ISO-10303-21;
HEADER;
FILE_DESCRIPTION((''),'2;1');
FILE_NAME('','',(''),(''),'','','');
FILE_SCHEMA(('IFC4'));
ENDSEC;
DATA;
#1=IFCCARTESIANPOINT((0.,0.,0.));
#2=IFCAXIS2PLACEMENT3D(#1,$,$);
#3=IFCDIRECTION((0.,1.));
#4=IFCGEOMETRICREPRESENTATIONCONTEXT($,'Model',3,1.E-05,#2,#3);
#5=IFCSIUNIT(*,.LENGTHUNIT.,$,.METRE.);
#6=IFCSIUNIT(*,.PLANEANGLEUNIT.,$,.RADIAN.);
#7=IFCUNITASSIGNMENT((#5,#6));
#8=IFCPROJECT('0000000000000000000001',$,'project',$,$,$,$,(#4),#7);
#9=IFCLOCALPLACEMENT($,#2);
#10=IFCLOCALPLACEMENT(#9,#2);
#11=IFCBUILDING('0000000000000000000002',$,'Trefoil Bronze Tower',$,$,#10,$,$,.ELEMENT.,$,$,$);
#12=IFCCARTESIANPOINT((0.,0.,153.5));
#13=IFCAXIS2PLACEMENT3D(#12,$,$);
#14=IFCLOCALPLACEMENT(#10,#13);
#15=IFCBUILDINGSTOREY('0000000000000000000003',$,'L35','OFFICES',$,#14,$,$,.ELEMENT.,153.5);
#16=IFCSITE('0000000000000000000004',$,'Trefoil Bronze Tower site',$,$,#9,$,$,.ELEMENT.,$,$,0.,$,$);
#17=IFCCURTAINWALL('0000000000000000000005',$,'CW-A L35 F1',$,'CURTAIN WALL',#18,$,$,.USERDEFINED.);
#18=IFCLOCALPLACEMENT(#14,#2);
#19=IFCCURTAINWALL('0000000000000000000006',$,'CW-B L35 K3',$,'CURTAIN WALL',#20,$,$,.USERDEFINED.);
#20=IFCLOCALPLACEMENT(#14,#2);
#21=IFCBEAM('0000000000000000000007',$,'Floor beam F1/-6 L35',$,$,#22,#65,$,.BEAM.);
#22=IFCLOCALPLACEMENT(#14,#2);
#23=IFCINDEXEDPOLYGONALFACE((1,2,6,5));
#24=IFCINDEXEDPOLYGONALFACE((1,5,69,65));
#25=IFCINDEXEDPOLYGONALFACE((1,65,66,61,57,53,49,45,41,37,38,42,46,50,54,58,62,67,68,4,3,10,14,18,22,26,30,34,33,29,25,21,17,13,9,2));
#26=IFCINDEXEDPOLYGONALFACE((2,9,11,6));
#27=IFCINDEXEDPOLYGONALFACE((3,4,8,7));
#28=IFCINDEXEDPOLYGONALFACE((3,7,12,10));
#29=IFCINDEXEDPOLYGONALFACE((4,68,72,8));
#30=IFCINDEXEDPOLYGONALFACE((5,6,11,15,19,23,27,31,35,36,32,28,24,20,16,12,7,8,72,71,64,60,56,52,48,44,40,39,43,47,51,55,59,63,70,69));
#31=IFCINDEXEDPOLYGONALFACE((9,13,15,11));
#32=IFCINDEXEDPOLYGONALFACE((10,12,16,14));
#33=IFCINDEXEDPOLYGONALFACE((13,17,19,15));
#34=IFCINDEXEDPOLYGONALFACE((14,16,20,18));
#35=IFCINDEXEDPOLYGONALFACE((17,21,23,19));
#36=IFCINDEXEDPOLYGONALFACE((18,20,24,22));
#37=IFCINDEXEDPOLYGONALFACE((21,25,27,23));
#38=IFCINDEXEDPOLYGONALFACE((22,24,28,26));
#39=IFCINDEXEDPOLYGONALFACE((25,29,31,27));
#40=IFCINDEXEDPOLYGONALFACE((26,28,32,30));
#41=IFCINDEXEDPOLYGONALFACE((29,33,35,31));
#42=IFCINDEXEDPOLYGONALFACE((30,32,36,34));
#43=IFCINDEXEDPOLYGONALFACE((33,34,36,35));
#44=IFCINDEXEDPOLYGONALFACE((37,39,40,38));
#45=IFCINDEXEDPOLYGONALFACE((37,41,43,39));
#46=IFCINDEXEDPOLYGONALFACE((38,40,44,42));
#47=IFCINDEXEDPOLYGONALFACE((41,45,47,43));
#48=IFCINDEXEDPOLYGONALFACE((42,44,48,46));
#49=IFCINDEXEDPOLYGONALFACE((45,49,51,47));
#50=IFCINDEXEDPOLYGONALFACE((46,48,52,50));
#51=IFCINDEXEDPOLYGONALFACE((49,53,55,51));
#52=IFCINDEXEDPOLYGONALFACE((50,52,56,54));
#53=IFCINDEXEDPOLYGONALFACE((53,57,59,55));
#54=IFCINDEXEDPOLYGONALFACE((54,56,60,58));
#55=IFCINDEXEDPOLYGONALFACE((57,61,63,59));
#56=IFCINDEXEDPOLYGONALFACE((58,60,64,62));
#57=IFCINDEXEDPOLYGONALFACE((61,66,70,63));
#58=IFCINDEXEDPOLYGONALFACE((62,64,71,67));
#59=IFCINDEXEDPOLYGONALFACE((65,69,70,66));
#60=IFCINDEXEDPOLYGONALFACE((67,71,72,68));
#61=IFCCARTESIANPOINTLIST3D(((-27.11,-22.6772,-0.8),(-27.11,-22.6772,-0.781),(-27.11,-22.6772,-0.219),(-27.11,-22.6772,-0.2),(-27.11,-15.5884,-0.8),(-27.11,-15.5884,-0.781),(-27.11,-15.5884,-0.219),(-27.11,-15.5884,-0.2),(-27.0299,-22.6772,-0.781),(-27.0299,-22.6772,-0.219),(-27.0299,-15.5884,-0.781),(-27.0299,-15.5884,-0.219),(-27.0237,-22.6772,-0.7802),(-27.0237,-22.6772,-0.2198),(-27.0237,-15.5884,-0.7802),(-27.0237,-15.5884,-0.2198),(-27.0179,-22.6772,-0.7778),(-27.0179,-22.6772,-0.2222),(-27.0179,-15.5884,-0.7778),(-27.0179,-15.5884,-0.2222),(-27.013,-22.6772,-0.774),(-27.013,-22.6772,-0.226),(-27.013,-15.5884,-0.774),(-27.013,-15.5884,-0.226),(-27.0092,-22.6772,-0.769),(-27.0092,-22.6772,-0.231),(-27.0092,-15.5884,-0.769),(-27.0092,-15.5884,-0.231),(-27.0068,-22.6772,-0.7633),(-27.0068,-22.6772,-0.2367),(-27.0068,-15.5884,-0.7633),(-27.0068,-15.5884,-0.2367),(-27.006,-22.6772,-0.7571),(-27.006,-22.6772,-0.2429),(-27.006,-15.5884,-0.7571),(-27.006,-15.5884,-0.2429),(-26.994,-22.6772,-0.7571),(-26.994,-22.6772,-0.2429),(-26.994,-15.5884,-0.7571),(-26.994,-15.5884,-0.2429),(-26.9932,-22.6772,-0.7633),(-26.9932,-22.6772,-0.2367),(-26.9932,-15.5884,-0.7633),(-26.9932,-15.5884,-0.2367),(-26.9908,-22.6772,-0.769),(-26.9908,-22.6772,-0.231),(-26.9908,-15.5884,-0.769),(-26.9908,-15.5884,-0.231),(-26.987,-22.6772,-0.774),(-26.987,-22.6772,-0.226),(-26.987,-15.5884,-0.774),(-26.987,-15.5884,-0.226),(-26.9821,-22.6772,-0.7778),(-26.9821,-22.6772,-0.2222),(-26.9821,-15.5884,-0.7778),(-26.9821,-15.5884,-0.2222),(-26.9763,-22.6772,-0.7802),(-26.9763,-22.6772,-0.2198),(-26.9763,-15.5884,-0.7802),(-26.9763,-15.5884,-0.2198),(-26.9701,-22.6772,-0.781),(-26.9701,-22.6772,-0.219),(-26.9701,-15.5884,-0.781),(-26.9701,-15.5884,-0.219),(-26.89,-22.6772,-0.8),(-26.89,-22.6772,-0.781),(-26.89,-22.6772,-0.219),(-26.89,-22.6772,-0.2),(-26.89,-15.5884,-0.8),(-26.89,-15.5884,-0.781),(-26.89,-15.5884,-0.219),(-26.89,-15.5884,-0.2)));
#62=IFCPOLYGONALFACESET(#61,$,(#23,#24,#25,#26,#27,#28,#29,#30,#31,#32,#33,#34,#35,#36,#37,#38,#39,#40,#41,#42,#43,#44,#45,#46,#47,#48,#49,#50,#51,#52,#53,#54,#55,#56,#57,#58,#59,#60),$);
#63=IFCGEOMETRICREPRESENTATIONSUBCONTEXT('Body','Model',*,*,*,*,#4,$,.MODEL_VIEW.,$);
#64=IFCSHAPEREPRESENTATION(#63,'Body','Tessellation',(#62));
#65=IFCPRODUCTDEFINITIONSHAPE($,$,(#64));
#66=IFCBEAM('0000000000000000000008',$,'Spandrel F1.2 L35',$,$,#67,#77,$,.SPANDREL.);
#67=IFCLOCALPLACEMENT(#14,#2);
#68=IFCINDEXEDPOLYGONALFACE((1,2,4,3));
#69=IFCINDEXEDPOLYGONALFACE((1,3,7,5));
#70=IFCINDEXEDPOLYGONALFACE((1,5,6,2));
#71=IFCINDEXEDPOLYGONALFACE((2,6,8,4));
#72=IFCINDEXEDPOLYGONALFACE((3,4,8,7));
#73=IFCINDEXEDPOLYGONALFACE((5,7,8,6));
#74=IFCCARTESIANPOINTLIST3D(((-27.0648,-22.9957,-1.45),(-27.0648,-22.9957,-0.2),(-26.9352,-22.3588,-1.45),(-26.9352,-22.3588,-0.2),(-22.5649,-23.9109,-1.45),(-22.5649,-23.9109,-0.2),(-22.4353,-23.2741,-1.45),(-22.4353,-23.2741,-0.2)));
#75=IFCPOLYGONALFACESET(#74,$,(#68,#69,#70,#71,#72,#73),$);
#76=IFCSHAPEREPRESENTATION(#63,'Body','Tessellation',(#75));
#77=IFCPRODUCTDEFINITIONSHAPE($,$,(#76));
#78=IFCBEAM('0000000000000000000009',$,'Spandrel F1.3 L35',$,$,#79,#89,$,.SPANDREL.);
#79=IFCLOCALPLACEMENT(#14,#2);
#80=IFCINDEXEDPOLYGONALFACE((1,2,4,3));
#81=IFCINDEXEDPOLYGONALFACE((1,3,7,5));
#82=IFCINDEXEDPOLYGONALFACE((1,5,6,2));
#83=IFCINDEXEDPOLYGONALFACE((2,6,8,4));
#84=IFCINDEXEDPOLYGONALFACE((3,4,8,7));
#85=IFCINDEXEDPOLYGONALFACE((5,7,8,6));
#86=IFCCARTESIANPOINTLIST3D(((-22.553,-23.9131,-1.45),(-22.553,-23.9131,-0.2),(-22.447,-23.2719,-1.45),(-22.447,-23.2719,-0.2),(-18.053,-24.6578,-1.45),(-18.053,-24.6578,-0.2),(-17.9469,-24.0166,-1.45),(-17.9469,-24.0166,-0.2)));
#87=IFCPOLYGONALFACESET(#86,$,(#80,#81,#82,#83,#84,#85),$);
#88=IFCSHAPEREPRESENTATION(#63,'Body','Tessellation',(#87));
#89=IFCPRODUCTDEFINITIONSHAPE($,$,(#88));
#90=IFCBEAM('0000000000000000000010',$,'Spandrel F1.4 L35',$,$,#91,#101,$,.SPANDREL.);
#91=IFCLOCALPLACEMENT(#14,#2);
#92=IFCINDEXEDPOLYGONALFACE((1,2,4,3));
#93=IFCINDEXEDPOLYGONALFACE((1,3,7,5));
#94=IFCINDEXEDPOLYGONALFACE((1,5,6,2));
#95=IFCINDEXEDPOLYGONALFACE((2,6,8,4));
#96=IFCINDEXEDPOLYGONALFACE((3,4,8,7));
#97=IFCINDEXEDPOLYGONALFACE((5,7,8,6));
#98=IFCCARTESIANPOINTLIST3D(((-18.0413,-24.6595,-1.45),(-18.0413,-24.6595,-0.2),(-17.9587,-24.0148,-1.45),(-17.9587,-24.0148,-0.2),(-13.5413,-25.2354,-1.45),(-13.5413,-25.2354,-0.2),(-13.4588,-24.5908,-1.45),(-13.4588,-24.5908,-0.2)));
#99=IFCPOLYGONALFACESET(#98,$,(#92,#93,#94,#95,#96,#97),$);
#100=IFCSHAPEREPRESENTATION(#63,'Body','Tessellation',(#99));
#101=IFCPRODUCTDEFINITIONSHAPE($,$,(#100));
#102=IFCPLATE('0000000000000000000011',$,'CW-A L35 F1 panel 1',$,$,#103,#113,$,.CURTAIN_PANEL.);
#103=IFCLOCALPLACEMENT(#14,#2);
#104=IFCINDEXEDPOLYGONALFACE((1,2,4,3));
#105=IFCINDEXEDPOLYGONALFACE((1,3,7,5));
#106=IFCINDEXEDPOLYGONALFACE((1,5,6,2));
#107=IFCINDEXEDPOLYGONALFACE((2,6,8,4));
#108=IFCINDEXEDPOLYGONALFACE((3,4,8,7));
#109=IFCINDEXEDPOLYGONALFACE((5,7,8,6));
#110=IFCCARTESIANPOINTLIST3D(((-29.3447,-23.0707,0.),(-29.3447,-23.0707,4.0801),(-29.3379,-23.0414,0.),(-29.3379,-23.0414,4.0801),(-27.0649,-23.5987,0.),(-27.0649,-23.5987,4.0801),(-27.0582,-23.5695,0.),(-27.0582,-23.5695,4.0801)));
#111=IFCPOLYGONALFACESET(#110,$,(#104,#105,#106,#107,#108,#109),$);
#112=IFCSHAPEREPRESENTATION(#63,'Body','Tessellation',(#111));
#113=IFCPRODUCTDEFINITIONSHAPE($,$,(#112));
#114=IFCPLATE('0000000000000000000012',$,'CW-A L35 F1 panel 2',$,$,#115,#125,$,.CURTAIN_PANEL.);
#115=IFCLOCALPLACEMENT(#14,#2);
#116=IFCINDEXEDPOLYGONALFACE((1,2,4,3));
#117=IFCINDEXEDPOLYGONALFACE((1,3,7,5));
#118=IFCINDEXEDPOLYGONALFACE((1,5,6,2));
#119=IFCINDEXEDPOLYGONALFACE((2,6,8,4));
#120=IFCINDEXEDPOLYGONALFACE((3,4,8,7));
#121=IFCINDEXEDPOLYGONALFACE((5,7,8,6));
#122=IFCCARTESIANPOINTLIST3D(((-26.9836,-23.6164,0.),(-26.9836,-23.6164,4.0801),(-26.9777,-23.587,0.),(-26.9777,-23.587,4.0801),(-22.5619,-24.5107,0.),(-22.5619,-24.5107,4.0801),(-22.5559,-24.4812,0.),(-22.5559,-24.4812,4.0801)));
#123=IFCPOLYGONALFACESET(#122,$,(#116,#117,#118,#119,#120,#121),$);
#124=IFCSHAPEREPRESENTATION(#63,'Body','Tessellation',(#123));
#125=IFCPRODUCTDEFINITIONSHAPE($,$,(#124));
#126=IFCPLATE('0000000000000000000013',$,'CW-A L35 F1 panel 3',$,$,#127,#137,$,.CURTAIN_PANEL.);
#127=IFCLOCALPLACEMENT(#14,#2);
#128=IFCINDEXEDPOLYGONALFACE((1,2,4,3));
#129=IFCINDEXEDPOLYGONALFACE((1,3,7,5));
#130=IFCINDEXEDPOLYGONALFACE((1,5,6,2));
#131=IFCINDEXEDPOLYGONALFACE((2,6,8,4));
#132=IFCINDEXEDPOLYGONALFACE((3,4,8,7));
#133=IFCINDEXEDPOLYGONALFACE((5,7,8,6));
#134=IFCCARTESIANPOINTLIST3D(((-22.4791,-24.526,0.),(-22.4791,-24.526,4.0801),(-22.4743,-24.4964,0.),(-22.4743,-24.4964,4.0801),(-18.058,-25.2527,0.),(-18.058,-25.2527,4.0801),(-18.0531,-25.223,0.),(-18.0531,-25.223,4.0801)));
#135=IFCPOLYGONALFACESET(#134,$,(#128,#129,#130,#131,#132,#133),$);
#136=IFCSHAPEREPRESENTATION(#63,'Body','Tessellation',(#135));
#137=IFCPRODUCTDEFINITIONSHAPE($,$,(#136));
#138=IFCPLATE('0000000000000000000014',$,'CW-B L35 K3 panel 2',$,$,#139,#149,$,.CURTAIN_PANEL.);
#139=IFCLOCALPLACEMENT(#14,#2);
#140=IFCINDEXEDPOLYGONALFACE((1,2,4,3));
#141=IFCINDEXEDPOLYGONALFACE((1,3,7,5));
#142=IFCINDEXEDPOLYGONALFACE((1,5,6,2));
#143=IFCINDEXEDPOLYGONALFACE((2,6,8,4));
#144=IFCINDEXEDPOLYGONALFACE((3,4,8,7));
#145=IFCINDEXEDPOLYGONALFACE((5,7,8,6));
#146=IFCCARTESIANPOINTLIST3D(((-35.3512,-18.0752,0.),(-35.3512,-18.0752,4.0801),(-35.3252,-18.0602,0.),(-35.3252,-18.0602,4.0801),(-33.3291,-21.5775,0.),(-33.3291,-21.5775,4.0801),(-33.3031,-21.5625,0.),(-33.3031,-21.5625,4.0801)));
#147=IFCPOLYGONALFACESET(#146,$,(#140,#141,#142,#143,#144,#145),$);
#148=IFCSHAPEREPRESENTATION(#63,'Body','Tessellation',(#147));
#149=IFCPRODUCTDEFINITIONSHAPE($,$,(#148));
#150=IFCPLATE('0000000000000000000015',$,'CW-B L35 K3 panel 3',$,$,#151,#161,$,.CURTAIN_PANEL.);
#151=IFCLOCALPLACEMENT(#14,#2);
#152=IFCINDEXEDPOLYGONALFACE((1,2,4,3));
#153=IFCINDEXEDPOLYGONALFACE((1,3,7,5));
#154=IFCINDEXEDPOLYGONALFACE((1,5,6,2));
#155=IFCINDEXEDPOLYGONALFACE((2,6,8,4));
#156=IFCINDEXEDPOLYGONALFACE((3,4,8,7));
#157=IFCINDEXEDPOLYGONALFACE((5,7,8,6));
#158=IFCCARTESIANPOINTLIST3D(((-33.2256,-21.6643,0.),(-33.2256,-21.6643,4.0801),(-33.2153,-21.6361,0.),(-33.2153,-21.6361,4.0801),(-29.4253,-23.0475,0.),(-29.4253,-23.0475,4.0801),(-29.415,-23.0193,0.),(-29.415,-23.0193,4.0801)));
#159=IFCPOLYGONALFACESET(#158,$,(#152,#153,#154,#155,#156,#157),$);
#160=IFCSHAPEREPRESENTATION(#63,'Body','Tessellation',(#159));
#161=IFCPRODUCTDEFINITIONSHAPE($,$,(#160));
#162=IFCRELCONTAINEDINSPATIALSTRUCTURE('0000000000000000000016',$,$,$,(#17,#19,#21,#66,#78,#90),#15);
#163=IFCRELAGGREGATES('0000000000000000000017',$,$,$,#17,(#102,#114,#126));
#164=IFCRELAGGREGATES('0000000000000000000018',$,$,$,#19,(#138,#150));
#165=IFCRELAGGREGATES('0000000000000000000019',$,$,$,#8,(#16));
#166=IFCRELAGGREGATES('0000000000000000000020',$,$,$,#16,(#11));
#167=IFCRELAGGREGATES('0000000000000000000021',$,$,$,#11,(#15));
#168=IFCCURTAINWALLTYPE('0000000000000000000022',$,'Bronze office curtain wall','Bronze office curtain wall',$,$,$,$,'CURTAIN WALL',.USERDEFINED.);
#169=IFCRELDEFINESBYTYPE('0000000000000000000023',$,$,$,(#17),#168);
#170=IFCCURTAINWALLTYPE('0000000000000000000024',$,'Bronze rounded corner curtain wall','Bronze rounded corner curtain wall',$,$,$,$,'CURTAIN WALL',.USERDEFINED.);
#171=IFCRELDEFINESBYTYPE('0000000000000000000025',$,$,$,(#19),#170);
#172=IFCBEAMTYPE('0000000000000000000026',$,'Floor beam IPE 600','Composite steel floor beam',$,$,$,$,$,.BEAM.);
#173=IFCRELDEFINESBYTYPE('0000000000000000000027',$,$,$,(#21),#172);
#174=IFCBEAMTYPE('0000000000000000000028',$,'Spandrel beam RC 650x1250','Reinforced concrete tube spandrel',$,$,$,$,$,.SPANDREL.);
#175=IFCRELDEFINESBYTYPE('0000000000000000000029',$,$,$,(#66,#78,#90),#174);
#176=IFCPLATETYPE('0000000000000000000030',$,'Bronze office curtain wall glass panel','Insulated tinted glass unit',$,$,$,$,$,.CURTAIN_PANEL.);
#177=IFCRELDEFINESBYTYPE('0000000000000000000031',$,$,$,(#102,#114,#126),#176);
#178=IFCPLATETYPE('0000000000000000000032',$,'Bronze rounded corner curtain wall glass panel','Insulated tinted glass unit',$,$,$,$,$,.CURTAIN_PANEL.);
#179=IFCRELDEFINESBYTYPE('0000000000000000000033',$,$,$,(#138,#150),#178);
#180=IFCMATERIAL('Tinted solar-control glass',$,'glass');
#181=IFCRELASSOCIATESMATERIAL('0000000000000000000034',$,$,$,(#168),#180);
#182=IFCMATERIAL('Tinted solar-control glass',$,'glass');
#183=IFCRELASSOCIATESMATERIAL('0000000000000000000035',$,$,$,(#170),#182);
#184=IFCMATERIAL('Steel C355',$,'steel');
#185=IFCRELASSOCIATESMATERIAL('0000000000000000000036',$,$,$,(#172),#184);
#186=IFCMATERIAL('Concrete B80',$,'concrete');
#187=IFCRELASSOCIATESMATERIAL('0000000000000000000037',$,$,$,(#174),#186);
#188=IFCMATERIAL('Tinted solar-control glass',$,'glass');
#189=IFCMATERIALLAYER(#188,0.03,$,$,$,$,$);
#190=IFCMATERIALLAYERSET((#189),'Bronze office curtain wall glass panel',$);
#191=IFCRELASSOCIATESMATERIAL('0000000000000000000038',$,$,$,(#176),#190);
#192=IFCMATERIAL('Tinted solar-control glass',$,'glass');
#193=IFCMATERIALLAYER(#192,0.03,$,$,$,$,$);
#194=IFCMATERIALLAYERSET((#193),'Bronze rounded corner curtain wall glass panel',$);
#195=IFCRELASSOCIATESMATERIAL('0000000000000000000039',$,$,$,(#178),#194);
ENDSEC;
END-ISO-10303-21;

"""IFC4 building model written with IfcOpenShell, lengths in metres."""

from ifc_helpers import new_model, si_unit, direction, frame, origin, origin_2d, place, context, subcontext, project, spatial, rectangle, i_section, extrude, material, layer, layer_set, material_profile, profile_set, type_object, element, aggregate, save


model = new_model("IFC4")

# Units and contexts
model_context = context("Model", 3, precision=1e-05, world=origin(), true_north=direction((0.0, 1.0)))
body_context = subcontext(model_context, "Body", "Model", "MODEL_VIEW")
ifc_project = project(units=[si_unit("LENGTHUNIT", "METRE"), si_unit("PLANEANGLEUNIT", "RADIAN")], contexts=[model_context])

# Site, building, storey
site_placement = place(None, origin())
site = spatial("IfcSite", under=ifc_project, at=site_placement, Name="Trefoil Bronze Tower site", CompositionType="ELEMENT", RefElevation=0.0)
building_placement = place(site_placement, origin())
building = spatial("IfcBuilding", under=site, at=building_placement, Name="Trefoil Bronze Tower", CompositionType="ELEMENT")
storey_placement = place(building_placement, frame((0.0, 0.0, 153.5)))
storey = spatial("IfcBuildingStorey", under=building, at=storey_placement, Name="L35", Description="OFFICES", CompositionType="ELEMENT", Elevation=153.5)

# Curtain walls
ifc_material_1 = material(Name="Tinted solar-control glass", Category="glass")
curtain_wall_type_1 = type_object("IfcCurtainWallType", Name="Bronze office curtain wall", Description="Bronze office curtain wall", ElementType="CURTAIN WALL", PredefinedType="USERDEFINED", material=ifc_material_1)
curtain_wall_1_placement = place(storey_placement, origin())
curtain_wall_1 = element("IfcCurtainWall", 1, at=curtain_wall_1_placement, inside=storey, type_object=curtain_wall_type_1, Name="CW-A L35 F1", ObjectType="CURTAIN WALL", PredefinedType="USERDEFINED")
ifc_material_2 = material(Name="Tinted solar-control glass", Category="glass")
curtain_wall_type_2 = type_object("IfcCurtainWallType", Name="Bronze rounded corner curtain wall", Description="Bronze rounded corner curtain wall", ElementType="CURTAIN WALL", PredefinedType="USERDEFINED", material=ifc_material_2)
curtain_wall_2_placement = place(storey_placement, origin())
curtain_wall_2 = element("IfcCurtainWall", 2, at=curtain_wall_2_placement, inside=storey, type_object=curtain_wall_type_2, Name="CW-B L35 K3", ObjectType="CURTAIN WALL", PredefinedType="USERDEFINED")

# Beams
ifc_material_3 = material(Name="Steel C355", Category="steel")
ifc_material_profile_1 = material_profile(ifc_material_3, i_section(OverallWidth=0.22, OverallDepth=0.6001, WebThickness=0.012, FlangeThickness=0.019, FilletRadius=0.0239, at=origin_2d()), Name="IPE 600")
ifc_profile_set_1 = profile_set([ifc_material_profile_1], Name="Steel C355")
beam_type_1 = type_object("IfcBeamType", Name="Floor beam IPE 600", Description="Composite steel floor beam", PredefinedType="BEAM", material=ifc_profile_set_1)
beam_1_placement = place(storey_placement, frame((-27.0, -22.6772, -0.5), z_axis=(0.0, 1.0, 0.0), x_axis=(-1.0, 0.0, 0.0)))
element("IfcBeam", 3, at=beam_1_placement, inside=storey, type_object=beam_type_1, Name="Floor beam F1/-6 L35", PredefinedType="BEAM", context=body_context, shape_type="SweptSolid", body=[
    extrude(i_section(OverallWidth=0.22, OverallDepth=0.6001, WebThickness=0.012, FlangeThickness=0.019, FilletRadius=0.0239, at=origin_2d()), origin(), (0.0, 0.0, 1.0), 7.0889),
])
ifc_material_4 = material(Name="Concrete B80", Category="concrete")
ifc_material_profile_2 = material_profile(ifc_material_4, rectangle(XDim=0.6499, YDim=1.25, at=origin_2d()), Name="RC 650x1250")
ifc_profile_set_2 = profile_set([ifc_material_profile_2], Name="Concrete B80")
beam_type_2 = type_object("IfcBeamType", Name="Spandrel beam RC 650x1250", Description="Reinforced concrete tube spandrel", PredefinedType="SPANDREL", material=ifc_profile_set_2)
beam_2_placement = place(storey_placement, frame((-27.0, -22.6772, -0.825), z_axis=(0.979935, -0.199315, 0.0), x_axis=(0.199315, 0.979935, 0.0)))
element("IfcBeam", 4, at=beam_2_placement, inside=storey, type_object=beam_type_2, Name="Spandrel F1.2 L35", PredefinedType="SPANDREL", context=body_context, shape_type="SweptSolid", body=[
    extrude(rectangle(XDim=0.6499, YDim=1.25, at=origin_2d()), origin(), (0.0, 0.0, 1.0), 4.592),
])
beam_3_placement = place(storey_placement, frame((-22.5, -23.5925, -0.825), z_axis=(0.986584, -0.163253, 0.0), x_axis=(0.163253, 0.986584, 0.0)))
element("IfcBeam", 5, at=beam_3_placement, inside=storey, type_object=beam_type_2, Name="Spandrel F1.3 L35", PredefinedType="SPANDREL", context=body_context, shape_type="SweptSolid", body=[
    extrude(rectangle(XDim=0.6499, YDim=1.25, at=origin_2d()), origin(), (0.0, 0.0, 1.0), 4.5613),
])
beam_4_placement = place(storey_placement, frame((-18.0, -24.3372, -0.825), z_axis=(0.991909, -0.126948, 0.0), x_axis=(0.126948, 0.991909, 0.0)))
element("IfcBeam", 6, at=beam_4_placement, inside=storey, type_object=beam_type_2, Name="Spandrel F1.4 L35", PredefinedType="SPANDREL", context=body_context, shape_type="SweptSolid", body=[
    extrude(rectangle(XDim=0.6499, YDim=1.25, at=origin_2d()), origin(), (0.0, 0.0, 1.0), 4.5366),
])

# Plates
ifc_material_5 = material(Name="Tinted solar-control glass", Category="glass")
ifc_layer_1 = layer(ifc_material_5, 0.03)
ifc_layer_set_1 = layer_set([ifc_layer_1], Name="Bronze office curtain wall glass panel")
plate_type_1 = type_object("IfcPlateType", Name="Bronze office curtain wall glass panel", Description="Insulated tinted glass unit", PredefinedType="CURTAIN_PANEL", material=ifc_layer_set_1)
plate_1_placement = place(storey_placement, frame((-28.2014, -23.3201, 0.0), z_axis=(0.0, 0.0, 1.0), x_axis=(0.974204, -0.225667, 0.0)))
plate_1 = element("IfcPlate", 7, at=plate_1_placement, type_object=plate_type_1, Name="CW-A L35 F1 panel 1", PredefinedType="CURTAIN_PANEL", context=body_context, shape_type="SweptSolid", body=[
    extrude(rectangle(XDim=2.3401, YDim=0.03, at=origin_2d()), origin(), (0.0, 0.0, 1.0), 4.0801),
])
plate_2_placement = place(storey_placement, frame((-24.7698, -24.0488, 0.0), z_axis=(0.0, 0.0, 1.0), x_axis=(0.980155, -0.198232, 0.0)))
plate_2 = element("IfcPlate", 8, at=plate_2_placement, type_object=plate_type_1, Name="CW-A L35 F1 panel 2", PredefinedType="CURTAIN_PANEL", context=body_context, shape_type="SweptSolid", body=[
    extrude(rectangle(XDim=4.5112, YDim=0.03, at=origin_2d()), origin(), (0.0, 0.0, 1.0), 4.0801),
])
plate_3_placement = place(storey_placement, frame((-20.2661, -24.8745, 0.0), z_axis=(0.0, 0.0, 1.0), x_axis=(0.98676, -0.162189, 0.0)))
plate_3 = element("IfcPlate", 9, at=plate_3_placement, type_object=plate_type_1, Name="CW-A L35 F1 panel 3", PredefinedType="CURTAIN_PANEL", context=body_context, shape_type="SweptSolid", body=[
    extrude(rectangle(XDim=4.4805, YDim=0.03, at=origin_2d()), origin(), (0.0, 0.0, 1.0), 4.0801),
])
aggregate(curtain_wall_1, [plate_1, plate_2, plate_3])
ifc_material_6 = material(Name="Tinted solar-control glass", Category="glass")
ifc_layer_2 = layer(ifc_material_6, 0.03)
ifc_layer_set_2 = layer_set([ifc_layer_2], Name="Bronze rounded corner curtain wall glass panel")
plate_type_2 = type_object("IfcPlateType", Name="Bronze rounded corner curtain wall glass panel", Description="Insulated tinted glass unit", PredefinedType="CURTAIN_PANEL", material=ifc_layer_set_2)
plate_4_placement = place(storey_placement, frame((-34.3271, -19.8188, 0.0), z_axis=(0.0, 0.0, 1.0), x_axis=(0.5, -0.866025, 0.0)))
plate_4 = element("IfcPlate", 10, at=plate_4_placement, type_object=plate_type_2, Name="CW-B L35 K3 panel 2", PredefinedType="CURTAIN_PANEL", context=body_context, shape_type="SweptSolid", body=[
    extrude(rectangle(XDim=4.0442, YDim=0.03, at=origin_2d()), origin(), (0.0, 0.0, 1.0), 4.0801),
])
plate_5_placement = place(storey_placement, frame((-31.3203, -22.3418, 0.0), z_axis=(0.0, 0.0, 1.0), x_axis=(0.939693, -0.34202, 0.0)))
plate_5 = element("IfcPlate", 11, at=plate_5_placement, type_object=plate_type_2, Name="CW-B L35 K3 panel 3", PredefinedType="CURTAIN_PANEL", context=body_context, shape_type="SweptSolid", body=[
    extrude(rectangle(XDim=4.0442, YDim=0.03, at=origin_2d()), origin(), (0.0, 0.0, 1.0), 4.0801),
])
aggregate(curtain_wall_2, [plate_4, plate_5])

save(model, "model.ifc")
